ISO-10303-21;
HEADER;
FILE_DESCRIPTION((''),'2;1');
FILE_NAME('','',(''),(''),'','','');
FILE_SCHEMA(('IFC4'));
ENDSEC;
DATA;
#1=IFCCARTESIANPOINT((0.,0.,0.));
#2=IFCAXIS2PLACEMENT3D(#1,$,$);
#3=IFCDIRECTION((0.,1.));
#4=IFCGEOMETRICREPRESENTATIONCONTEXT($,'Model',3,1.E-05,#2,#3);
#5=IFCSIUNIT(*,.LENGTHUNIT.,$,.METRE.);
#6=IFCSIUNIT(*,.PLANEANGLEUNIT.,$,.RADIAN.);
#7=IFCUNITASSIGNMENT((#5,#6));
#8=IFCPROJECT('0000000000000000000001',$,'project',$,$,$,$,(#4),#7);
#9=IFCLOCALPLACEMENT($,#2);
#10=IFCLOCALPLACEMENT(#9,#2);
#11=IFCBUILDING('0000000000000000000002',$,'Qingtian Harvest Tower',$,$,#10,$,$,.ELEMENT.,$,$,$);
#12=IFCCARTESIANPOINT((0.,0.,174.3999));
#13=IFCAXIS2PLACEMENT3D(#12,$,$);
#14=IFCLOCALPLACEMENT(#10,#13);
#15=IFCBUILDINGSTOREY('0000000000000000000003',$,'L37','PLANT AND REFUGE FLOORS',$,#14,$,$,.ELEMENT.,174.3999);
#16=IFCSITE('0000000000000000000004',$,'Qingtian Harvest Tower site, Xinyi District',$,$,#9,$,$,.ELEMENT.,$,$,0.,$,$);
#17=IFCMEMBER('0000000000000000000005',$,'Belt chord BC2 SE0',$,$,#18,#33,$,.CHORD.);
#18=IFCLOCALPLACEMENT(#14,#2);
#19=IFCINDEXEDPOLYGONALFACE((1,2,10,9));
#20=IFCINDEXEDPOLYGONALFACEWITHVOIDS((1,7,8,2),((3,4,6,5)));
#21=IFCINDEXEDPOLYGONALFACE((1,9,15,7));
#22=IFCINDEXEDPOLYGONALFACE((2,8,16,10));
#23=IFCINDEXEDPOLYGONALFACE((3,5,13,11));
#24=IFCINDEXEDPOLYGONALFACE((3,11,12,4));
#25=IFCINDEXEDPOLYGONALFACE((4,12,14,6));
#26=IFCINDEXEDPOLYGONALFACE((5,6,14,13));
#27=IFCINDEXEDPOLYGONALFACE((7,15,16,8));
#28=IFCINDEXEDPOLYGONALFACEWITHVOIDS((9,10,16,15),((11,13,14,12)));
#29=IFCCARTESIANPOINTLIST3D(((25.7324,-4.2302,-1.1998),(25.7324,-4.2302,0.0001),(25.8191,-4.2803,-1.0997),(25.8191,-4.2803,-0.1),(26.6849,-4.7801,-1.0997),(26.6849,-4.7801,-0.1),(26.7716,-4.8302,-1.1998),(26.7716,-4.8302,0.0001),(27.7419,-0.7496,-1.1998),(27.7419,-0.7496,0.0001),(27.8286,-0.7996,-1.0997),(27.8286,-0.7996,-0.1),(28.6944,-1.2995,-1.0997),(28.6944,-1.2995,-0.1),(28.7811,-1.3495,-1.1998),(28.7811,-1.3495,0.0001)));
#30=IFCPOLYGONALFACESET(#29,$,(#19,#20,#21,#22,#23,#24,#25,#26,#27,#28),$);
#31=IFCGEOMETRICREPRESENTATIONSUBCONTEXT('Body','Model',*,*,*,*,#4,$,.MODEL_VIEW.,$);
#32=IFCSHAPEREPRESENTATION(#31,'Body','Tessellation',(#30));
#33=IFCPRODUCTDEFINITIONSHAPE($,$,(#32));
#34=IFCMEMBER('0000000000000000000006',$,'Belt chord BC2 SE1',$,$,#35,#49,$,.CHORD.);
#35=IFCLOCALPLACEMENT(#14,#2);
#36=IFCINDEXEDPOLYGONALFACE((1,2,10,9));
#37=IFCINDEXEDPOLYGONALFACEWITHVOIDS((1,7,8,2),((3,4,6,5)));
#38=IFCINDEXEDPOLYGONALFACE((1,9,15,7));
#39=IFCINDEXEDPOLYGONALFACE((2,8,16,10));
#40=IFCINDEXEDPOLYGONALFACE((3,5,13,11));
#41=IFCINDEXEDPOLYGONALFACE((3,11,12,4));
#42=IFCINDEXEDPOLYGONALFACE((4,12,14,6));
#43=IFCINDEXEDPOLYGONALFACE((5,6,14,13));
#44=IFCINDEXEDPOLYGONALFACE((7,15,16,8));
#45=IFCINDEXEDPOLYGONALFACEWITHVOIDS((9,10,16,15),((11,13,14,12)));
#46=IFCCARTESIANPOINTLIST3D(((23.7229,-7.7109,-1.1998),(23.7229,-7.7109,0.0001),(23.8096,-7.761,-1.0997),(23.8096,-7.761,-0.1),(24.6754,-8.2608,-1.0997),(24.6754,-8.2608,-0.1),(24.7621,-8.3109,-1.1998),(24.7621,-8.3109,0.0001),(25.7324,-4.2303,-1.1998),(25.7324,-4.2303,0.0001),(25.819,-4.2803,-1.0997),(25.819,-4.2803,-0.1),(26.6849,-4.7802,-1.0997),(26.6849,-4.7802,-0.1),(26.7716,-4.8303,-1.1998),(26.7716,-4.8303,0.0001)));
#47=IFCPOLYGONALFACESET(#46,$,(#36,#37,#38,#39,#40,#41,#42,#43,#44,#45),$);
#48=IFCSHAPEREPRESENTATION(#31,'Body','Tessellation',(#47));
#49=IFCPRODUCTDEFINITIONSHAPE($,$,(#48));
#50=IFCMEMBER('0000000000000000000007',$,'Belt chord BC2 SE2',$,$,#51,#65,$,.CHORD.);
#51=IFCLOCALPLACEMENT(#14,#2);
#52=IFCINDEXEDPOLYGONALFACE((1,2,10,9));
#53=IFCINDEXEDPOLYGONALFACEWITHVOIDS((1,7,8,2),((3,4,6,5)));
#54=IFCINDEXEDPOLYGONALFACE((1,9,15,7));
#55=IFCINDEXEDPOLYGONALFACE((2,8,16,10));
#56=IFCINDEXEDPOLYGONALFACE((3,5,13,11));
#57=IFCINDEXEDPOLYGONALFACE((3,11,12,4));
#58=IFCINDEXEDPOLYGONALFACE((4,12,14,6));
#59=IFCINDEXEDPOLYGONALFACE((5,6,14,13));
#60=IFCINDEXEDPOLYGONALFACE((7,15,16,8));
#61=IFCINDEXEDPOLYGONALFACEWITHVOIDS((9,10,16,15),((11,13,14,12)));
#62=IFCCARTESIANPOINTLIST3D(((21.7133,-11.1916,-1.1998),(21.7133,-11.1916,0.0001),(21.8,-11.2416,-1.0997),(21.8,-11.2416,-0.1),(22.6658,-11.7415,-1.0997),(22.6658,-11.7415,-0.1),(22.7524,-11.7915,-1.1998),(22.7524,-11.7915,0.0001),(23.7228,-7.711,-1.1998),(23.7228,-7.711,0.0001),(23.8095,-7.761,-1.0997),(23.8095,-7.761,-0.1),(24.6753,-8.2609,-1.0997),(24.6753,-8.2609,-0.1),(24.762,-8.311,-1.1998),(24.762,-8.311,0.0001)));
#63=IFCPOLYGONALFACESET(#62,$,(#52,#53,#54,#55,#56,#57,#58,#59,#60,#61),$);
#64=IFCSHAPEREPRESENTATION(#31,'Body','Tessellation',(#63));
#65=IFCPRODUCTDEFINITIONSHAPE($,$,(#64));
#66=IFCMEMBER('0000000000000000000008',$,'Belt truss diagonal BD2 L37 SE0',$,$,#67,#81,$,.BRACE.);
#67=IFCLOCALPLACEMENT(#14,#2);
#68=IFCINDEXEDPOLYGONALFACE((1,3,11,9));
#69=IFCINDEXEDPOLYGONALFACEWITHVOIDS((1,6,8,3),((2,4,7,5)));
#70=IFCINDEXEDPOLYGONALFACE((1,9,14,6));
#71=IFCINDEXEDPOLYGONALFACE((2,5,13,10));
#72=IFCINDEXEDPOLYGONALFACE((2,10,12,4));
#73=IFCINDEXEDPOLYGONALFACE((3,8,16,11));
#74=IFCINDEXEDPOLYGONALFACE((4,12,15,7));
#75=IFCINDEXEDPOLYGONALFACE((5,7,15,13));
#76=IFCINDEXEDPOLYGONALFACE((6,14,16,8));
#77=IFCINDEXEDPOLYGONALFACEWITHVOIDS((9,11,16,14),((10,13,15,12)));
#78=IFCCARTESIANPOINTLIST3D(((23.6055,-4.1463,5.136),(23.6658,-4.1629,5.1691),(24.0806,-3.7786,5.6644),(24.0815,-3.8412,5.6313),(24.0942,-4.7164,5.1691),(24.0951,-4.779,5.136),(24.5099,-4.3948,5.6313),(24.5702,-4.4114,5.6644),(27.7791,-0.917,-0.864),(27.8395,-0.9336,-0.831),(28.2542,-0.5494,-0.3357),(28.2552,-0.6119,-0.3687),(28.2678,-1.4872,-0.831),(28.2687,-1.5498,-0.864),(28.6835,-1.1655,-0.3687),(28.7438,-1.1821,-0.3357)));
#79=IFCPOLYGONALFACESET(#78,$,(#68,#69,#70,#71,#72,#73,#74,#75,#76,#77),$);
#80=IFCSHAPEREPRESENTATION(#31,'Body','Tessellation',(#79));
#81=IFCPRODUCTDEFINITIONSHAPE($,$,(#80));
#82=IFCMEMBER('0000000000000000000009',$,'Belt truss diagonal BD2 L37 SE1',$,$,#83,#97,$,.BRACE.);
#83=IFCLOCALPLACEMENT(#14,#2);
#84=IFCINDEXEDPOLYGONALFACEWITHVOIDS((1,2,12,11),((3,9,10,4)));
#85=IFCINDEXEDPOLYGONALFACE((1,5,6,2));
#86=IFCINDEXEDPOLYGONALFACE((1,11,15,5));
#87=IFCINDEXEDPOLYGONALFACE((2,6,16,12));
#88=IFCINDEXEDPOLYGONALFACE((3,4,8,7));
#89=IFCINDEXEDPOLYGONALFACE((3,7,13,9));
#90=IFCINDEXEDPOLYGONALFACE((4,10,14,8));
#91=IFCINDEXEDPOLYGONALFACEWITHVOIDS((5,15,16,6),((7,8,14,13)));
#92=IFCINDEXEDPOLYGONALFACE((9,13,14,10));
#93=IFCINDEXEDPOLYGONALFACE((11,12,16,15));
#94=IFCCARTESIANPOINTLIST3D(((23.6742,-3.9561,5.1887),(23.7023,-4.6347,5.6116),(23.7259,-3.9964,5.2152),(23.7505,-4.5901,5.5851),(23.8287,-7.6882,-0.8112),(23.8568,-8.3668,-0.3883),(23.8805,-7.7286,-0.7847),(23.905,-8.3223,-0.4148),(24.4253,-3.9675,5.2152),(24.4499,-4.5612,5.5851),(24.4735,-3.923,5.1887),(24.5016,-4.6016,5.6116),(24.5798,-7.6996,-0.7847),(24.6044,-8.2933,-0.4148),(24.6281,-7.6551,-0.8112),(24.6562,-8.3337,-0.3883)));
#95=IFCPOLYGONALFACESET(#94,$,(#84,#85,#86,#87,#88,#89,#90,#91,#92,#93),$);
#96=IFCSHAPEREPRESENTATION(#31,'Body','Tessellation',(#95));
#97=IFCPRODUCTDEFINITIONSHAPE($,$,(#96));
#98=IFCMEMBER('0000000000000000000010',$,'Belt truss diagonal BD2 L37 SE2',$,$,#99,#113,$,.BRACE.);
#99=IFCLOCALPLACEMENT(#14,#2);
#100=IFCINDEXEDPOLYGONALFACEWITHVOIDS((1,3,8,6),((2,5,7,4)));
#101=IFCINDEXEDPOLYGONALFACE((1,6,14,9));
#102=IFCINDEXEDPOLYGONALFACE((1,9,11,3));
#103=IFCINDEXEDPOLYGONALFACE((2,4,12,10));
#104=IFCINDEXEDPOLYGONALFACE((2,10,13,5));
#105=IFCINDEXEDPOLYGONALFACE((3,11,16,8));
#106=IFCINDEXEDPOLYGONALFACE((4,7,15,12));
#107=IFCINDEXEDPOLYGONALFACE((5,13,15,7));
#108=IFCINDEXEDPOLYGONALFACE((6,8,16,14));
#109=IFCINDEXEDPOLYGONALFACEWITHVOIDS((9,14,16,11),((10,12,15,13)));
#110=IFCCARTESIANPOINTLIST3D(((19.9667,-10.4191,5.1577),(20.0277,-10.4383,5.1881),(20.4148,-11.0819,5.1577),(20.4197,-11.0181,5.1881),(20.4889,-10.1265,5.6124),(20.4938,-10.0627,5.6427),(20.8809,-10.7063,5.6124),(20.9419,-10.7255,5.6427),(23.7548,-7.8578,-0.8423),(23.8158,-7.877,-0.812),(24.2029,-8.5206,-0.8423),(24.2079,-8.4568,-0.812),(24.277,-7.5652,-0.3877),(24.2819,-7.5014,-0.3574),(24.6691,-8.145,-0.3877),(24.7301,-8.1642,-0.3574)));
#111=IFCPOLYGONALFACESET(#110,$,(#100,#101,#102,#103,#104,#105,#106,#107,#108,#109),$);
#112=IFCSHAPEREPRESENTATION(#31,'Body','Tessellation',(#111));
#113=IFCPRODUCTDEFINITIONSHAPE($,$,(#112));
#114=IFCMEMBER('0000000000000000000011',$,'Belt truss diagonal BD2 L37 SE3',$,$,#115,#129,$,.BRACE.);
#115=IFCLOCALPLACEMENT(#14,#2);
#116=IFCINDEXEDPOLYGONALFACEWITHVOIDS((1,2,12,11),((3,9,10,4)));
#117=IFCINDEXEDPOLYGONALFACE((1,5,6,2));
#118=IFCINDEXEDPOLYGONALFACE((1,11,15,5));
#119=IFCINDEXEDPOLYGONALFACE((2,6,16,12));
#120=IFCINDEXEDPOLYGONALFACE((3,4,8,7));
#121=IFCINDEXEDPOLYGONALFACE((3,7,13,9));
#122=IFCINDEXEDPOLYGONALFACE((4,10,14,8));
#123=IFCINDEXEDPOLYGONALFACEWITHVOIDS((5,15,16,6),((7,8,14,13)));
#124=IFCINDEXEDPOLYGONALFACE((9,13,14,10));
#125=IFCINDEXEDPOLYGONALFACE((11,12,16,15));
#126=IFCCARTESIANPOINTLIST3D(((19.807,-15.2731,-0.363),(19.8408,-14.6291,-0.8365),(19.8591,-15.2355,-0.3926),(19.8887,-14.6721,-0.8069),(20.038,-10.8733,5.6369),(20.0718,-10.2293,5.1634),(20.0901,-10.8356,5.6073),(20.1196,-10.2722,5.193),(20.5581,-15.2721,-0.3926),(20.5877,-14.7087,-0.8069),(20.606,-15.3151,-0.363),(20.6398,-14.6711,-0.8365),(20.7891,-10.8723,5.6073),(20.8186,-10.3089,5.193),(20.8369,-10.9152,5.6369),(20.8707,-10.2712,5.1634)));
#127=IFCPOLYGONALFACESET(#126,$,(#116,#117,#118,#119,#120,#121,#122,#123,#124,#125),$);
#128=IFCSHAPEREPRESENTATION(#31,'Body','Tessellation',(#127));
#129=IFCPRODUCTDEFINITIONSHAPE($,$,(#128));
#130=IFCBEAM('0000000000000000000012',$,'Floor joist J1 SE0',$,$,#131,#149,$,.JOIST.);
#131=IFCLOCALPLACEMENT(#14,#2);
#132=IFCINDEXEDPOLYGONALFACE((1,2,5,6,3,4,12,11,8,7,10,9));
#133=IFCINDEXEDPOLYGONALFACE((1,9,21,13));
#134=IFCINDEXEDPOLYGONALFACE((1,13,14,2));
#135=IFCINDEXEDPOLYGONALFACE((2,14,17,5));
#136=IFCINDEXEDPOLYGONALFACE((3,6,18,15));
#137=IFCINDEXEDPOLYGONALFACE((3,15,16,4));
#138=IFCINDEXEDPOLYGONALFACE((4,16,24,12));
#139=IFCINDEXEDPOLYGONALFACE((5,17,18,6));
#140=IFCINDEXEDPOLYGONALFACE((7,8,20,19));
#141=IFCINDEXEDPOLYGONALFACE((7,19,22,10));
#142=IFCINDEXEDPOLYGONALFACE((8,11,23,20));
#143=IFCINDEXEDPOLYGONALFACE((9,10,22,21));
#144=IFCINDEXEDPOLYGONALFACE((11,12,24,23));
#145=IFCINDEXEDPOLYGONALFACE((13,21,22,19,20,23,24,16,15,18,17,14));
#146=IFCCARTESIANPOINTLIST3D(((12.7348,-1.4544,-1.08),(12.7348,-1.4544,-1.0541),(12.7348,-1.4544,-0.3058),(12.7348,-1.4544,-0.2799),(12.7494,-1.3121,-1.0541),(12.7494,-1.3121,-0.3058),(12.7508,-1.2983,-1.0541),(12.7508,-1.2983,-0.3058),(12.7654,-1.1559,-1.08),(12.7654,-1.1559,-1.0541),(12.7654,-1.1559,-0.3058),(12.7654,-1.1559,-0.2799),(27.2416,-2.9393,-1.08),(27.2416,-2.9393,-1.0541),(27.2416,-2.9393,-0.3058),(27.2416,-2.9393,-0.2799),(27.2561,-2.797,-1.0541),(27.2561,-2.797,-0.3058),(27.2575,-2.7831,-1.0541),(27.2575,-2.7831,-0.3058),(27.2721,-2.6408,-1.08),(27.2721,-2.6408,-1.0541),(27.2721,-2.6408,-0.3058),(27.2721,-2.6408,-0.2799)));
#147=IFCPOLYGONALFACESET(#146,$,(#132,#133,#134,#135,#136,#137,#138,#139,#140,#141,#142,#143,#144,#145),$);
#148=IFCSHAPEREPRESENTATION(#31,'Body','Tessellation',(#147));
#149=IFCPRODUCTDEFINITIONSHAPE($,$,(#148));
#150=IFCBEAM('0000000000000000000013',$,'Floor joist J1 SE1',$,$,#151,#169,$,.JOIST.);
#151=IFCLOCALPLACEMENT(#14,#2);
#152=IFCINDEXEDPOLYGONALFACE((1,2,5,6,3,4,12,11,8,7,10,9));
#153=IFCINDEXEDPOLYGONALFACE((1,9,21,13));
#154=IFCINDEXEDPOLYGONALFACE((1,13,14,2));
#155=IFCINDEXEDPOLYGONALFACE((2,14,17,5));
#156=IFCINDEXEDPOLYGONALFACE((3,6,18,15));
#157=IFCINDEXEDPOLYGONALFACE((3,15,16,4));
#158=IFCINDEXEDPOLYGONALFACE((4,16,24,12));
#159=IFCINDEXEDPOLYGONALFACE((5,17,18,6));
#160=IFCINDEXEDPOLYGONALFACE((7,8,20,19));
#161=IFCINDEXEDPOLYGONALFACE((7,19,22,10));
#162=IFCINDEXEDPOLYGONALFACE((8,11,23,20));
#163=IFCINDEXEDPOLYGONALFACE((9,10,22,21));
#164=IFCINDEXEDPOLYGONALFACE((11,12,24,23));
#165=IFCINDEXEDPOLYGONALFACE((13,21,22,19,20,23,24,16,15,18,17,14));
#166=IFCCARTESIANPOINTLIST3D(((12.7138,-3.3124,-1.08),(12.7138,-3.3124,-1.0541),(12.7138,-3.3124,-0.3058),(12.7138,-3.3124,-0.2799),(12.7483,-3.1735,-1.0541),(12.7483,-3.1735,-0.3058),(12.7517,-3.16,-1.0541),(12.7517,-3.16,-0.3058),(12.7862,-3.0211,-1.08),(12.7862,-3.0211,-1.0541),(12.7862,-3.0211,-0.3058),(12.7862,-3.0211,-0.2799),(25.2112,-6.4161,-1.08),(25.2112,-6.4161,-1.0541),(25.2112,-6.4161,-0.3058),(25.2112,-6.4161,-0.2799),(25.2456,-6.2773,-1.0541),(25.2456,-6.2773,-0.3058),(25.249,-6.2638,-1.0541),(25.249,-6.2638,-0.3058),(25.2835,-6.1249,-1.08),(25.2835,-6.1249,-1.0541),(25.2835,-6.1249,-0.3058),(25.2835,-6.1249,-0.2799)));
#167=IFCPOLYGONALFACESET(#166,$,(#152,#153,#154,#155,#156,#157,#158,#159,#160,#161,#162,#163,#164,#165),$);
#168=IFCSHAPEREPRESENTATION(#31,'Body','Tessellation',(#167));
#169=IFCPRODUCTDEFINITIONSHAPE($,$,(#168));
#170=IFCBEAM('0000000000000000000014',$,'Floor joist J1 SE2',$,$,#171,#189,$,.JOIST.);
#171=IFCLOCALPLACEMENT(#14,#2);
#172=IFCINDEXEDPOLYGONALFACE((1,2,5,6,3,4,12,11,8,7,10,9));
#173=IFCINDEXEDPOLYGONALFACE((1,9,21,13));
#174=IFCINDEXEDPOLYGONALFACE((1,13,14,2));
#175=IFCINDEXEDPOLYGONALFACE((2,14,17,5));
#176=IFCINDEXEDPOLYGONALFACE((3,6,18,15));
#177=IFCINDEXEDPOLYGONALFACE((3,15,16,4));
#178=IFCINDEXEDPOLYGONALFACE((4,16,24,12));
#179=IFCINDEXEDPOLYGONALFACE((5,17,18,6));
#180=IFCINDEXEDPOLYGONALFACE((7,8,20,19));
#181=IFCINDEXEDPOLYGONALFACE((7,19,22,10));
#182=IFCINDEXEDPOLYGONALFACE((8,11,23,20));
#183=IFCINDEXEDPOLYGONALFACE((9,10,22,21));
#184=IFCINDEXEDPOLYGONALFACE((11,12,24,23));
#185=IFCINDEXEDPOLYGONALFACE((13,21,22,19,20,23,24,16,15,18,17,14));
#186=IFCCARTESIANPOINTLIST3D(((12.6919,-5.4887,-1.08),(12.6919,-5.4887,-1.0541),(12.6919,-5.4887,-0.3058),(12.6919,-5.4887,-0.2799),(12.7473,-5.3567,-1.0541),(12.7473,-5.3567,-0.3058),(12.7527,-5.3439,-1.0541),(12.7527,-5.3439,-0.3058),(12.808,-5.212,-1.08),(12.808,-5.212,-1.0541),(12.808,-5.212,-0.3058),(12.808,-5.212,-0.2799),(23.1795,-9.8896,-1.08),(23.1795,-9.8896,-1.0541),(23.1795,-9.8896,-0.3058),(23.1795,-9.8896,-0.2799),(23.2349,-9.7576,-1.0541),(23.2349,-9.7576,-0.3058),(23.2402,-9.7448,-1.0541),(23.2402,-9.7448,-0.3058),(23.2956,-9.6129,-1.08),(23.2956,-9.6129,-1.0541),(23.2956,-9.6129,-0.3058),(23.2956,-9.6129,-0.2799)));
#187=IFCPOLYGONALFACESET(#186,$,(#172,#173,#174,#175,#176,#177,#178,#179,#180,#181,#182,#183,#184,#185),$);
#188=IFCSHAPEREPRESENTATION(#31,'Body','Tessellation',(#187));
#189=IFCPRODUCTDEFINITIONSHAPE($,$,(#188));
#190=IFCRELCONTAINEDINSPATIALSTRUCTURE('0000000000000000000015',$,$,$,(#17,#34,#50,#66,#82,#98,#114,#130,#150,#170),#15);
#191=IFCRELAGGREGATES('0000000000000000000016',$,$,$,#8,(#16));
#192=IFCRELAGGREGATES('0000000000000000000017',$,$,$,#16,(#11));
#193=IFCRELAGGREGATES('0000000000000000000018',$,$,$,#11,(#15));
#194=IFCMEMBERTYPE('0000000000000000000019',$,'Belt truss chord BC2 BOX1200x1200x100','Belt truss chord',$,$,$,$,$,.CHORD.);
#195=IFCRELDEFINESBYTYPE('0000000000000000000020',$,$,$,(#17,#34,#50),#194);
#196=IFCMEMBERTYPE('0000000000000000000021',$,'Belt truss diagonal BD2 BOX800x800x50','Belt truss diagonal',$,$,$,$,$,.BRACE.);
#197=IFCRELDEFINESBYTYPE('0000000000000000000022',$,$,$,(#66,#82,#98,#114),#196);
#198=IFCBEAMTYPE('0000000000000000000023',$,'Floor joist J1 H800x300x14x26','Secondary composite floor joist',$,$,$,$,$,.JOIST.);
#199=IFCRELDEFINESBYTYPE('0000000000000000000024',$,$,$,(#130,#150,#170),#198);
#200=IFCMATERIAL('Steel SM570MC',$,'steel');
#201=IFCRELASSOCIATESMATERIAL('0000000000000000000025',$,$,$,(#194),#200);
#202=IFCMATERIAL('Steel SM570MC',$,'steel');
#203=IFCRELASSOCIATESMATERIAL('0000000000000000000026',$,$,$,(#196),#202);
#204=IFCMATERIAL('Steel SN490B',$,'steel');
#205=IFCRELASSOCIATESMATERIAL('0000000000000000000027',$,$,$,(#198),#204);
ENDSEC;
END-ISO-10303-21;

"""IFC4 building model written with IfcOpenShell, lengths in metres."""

from ifc_helpers import new_model, si_unit, direction, frame, origin, origin_2d, place, context, subcontext, project, spatial, hollow_rectangle, i_section, extrude, material, material_profile, profile_set, type_object, element, save


model = new_model("IFC4")

# Units and contexts
model_context = context("Model", 3, precision=1e-05, world=origin(), true_north=direction((0.0, 1.0)))
body_context = subcontext(model_context, "Body", "Model", "MODEL_VIEW")
ifc_project = project(units=[si_unit("LENGTHUNIT", "METRE"), si_unit("PLANEANGLEUNIT", "RADIAN")], contexts=[model_context])

# Site, building, storey
site_placement = place(None, origin())
site = spatial("IfcSite", under=ifc_project, at=site_placement, Name="Qingtian Harvest Tower site, Xinyi District", CompositionType="ELEMENT", RefElevation=0.0)
building_placement = place(site_placement, origin())
building = spatial("IfcBuilding", under=site, at=building_placement, Name="Qingtian Harvest Tower", CompositionType="ELEMENT")
storey_placement = place(building_placement, frame((0.0, 0.0, 174.3999)))
storey = spatial("IfcBuildingStorey", under=building, at=storey_placement, Name="L37", Description="PLANT AND REFUGE FLOORS", CompositionType="ELEMENT", Elevation=174.3999)

# Members
ifc_material_1 = material(Name="Steel SM570MC", Category="steel")
ifc_material_profile_1 = material_profile(ifc_material_1, hollow_rectangle(XDim=1.2, YDim=1.2, WallThickness=0.1001, at=origin_2d()), Name="BOX1200x1200x100")
ifc_profile_set_1 = profile_set([ifc_material_profile_1], Name="Steel SM570MC")
member_type_1 = type_object("IfcMemberType", Name="Belt truss chord BC2 BOX1200x1200x100", Description="Belt truss chord", PredefinedType="CHORD", material=ifc_profile_set_1)
for number, where, z_axis, x_axis, name in (
    (1, (28.2615, -1.0496, -0.5999), (-0.499987, -0.866033, 0.0), (0.866033, -0.499987, 0.0), "Belt chord BC2 SE0"),
    (2, (26.252, -4.5303, -0.5999), (-0.499987, -0.866033, 0.0), (0.866033, -0.499987, 0.0), "Belt chord BC2 SE1"),
    (3, (24.2424, -8.011, -0.5999), (-0.500013, -0.866018, 0.0), (0.866018, -0.500013, 0.0), "Belt chord BC2 SE2"),
):
    element("IfcMember", number, at=place(storey_placement, frame(where, z_axis=z_axis, x_axis=x_axis)), inside=storey, type_object=member_type_1, Name=name, PredefinedType="CHORD", context=body_context, shape_type="SweptSolid", body=[
        extrude(hollow_rectangle(XDim=1.2, YDim=1.2, WallThickness=0.1001, at=origin_2d()), origin(), (0.0, 0.0, 1.0), 4.019),
    ])
ifc_material_2 = material(Name="Steel SM570MC", Category="steel")
ifc_material_profile_2 = material_profile(ifc_material_2, hollow_rectangle(XDim=0.8, YDim=0.8, WallThickness=0.05, at=origin_2d()), Name="BOX800x800x50")
ifc_profile_set_2 = profile_set([ifc_material_profile_2], Name="Steel SM570MC")
member_type_2 = type_object("IfcMemberType", Name="Belt truss diagonal BD2 BOX800x800x50", Description="Belt truss diagonal", PredefinedType="BRACE", material=ifc_profile_set_2)
member_1_placement = place(storey_placement, frame((28.2615, -1.0496, -0.5999), z_axis=(-0.522323, -0.40414, 0.750899), x_axis=(0.611946, -0.790899, 0.0)))
element("IfcMember", 4, at=member_1_placement, inside=storey, type_object=member_type_2, Name="Belt truss diagonal BD2 L37 SE0", PredefinedType="BRACE", context=body_context, shape_type="SweptSolid", body=[
    extrude(hollow_rectangle(XDim=0.8, YDim=0.8, WallThickness=0.05, at=origin_2d()), origin(), (0.0, 0.0, 1.0), 7.9905),
])
member_2_placement = place(storey_placement, frame((24.0879, -4.2788, 5.4001), z_axis=(0.021866, -0.528058, -0.848927), x_axis=(0.999144, 0.041372, 0.0)))
element("IfcMember", 5, at=member_2_placement, inside=storey, type_object=member_type_2, Name="Belt truss diagonal BD2 L37 SE1", PredefinedType="BRACE", context=body_context, shape_type="SweptSolid", body=[
    extrude(hollow_rectangle(XDim=0.8, YDim=0.8, WallThickness=0.05, at=origin_2d()), origin(), (0.0, 0.0, 1.0), 7.0676),
])
member_3_placement = place(storey_placement, frame((24.2424, -8.011, -0.5999), z_axis=(-0.502142, -0.339519, 0.795349), x_axis=(0.560122, -0.82841, 0.0)))
element("IfcMember", 6, at=member_3_placement, inside=storey, type_object=member_type_2, Name="Belt truss diagonal BD2 L37 SE2", PredefinedType="BRACE", context=body_context, shape_type="SweptSolid", body=[
    extrude(hollow_rectangle(XDim=0.8, YDim=0.8, WallThickness=0.05, at=origin_2d()), origin(), (0.0, 0.0, 1.0), 7.5439),
])
member_4_placement = place(storey_placement, frame((20.4543, -10.5723, 5.4001), z_axis=(-0.031026, -0.59107, -0.806023), x_axis=(0.998625, -0.052419, 0.0)))
element("IfcMember", 7, at=member_4_placement, inside=storey, type_object=member_type_2, Name="Belt truss diagonal BD2 L37 SE3", PredefinedType="BRACE", context=body_context, shape_type="SweptSolid", body=[
    extrude(hollow_rectangle(XDim=0.8, YDim=0.8, WallThickness=0.05, at=origin_2d()), origin(), (0.0, 0.0, 1.0), 7.4438),
])

# Beams
ifc_material_3 = material(Name="Steel SN490B", Category="steel")
ifc_material_profile_3 = material_profile(ifc_material_3, i_section(OverallWidth=0.3, OverallDepth=0.8, WebThickness=0.0139, FlangeThickness=0.0259, at=origin_2d()), Name="H800x300x14x26")
ifc_profile_set_3 = profile_set([ifc_material_profile_3], Name="Steel SN490B")
beam_type_1 = type_object("IfcBeamType", Name="Floor joist J1 H800x300x14x26", Description="Secondary composite floor joist", PredefinedType="JOIST", material=ifc_profile_set_3)
beam_1_placement = place(storey_placement, frame((27.2568, -2.79, -0.6799), z_axis=(-0.994802, 0.101824, 0.0), x_axis=(-0.101824, -0.994802, 0.0)))
element("IfcBeam", 8, at=beam_1_placement, inside=storey, type_object=beam_type_1, Name="Floor joist J1 SE0", PredefinedType="JOIST", context=body_context, shape_type="SweptSolid", body=[
    extrude(i_section(OverallWidth=0.3, OverallDepth=0.8, WebThickness=0.0139, FlangeThickness=0.0259, at=origin_2d()), origin(), (0.0, 0.0, 1.0), 14.5825),
])
beam_2_placement = place(storey_placement, frame((25.2473, -6.2705, -0.6799), z_axis=(-0.970517, 0.241032, 0.0), x_axis=(-0.241032, -0.970517, 0.0)))
element("IfcBeam", 9, at=beam_2_placement, inside=storey, type_object=beam_type_1, Name="Floor joist J1 SE1", PredefinedType="JOIST", context=body_context, shape_type="SweptSolid", body=[
    extrude(i_section(OverallWidth=0.3, OverallDepth=0.8, WebThickness=0.0139, FlangeThickness=0.0259, at=origin_2d()), origin(), (0.0, 0.0, 1.0), 12.877),
])
beam_3_placement = place(storey_placement, frame((23.2375, -9.7512, -0.6799), z_axis=(-0.922104, 0.386942, 0.0), x_axis=(-0.386942, -0.922104, 0.0)))
element("IfcBeam", 10, at=beam_3_placement, inside=storey, type_object=beam_type_1, Name="Floor joist J1 SE2", PredefinedType="JOIST", context=body_context, shape_type="SweptSolid", body=[
    extrude(i_section(OverallWidth=0.3, OverallDepth=0.8, WebThickness=0.0139, FlangeThickness=0.0259, at=origin_2d()), origin(), (0.0, 0.0, 1.0), 11.3735),
])

save(model, "model.ifc")
